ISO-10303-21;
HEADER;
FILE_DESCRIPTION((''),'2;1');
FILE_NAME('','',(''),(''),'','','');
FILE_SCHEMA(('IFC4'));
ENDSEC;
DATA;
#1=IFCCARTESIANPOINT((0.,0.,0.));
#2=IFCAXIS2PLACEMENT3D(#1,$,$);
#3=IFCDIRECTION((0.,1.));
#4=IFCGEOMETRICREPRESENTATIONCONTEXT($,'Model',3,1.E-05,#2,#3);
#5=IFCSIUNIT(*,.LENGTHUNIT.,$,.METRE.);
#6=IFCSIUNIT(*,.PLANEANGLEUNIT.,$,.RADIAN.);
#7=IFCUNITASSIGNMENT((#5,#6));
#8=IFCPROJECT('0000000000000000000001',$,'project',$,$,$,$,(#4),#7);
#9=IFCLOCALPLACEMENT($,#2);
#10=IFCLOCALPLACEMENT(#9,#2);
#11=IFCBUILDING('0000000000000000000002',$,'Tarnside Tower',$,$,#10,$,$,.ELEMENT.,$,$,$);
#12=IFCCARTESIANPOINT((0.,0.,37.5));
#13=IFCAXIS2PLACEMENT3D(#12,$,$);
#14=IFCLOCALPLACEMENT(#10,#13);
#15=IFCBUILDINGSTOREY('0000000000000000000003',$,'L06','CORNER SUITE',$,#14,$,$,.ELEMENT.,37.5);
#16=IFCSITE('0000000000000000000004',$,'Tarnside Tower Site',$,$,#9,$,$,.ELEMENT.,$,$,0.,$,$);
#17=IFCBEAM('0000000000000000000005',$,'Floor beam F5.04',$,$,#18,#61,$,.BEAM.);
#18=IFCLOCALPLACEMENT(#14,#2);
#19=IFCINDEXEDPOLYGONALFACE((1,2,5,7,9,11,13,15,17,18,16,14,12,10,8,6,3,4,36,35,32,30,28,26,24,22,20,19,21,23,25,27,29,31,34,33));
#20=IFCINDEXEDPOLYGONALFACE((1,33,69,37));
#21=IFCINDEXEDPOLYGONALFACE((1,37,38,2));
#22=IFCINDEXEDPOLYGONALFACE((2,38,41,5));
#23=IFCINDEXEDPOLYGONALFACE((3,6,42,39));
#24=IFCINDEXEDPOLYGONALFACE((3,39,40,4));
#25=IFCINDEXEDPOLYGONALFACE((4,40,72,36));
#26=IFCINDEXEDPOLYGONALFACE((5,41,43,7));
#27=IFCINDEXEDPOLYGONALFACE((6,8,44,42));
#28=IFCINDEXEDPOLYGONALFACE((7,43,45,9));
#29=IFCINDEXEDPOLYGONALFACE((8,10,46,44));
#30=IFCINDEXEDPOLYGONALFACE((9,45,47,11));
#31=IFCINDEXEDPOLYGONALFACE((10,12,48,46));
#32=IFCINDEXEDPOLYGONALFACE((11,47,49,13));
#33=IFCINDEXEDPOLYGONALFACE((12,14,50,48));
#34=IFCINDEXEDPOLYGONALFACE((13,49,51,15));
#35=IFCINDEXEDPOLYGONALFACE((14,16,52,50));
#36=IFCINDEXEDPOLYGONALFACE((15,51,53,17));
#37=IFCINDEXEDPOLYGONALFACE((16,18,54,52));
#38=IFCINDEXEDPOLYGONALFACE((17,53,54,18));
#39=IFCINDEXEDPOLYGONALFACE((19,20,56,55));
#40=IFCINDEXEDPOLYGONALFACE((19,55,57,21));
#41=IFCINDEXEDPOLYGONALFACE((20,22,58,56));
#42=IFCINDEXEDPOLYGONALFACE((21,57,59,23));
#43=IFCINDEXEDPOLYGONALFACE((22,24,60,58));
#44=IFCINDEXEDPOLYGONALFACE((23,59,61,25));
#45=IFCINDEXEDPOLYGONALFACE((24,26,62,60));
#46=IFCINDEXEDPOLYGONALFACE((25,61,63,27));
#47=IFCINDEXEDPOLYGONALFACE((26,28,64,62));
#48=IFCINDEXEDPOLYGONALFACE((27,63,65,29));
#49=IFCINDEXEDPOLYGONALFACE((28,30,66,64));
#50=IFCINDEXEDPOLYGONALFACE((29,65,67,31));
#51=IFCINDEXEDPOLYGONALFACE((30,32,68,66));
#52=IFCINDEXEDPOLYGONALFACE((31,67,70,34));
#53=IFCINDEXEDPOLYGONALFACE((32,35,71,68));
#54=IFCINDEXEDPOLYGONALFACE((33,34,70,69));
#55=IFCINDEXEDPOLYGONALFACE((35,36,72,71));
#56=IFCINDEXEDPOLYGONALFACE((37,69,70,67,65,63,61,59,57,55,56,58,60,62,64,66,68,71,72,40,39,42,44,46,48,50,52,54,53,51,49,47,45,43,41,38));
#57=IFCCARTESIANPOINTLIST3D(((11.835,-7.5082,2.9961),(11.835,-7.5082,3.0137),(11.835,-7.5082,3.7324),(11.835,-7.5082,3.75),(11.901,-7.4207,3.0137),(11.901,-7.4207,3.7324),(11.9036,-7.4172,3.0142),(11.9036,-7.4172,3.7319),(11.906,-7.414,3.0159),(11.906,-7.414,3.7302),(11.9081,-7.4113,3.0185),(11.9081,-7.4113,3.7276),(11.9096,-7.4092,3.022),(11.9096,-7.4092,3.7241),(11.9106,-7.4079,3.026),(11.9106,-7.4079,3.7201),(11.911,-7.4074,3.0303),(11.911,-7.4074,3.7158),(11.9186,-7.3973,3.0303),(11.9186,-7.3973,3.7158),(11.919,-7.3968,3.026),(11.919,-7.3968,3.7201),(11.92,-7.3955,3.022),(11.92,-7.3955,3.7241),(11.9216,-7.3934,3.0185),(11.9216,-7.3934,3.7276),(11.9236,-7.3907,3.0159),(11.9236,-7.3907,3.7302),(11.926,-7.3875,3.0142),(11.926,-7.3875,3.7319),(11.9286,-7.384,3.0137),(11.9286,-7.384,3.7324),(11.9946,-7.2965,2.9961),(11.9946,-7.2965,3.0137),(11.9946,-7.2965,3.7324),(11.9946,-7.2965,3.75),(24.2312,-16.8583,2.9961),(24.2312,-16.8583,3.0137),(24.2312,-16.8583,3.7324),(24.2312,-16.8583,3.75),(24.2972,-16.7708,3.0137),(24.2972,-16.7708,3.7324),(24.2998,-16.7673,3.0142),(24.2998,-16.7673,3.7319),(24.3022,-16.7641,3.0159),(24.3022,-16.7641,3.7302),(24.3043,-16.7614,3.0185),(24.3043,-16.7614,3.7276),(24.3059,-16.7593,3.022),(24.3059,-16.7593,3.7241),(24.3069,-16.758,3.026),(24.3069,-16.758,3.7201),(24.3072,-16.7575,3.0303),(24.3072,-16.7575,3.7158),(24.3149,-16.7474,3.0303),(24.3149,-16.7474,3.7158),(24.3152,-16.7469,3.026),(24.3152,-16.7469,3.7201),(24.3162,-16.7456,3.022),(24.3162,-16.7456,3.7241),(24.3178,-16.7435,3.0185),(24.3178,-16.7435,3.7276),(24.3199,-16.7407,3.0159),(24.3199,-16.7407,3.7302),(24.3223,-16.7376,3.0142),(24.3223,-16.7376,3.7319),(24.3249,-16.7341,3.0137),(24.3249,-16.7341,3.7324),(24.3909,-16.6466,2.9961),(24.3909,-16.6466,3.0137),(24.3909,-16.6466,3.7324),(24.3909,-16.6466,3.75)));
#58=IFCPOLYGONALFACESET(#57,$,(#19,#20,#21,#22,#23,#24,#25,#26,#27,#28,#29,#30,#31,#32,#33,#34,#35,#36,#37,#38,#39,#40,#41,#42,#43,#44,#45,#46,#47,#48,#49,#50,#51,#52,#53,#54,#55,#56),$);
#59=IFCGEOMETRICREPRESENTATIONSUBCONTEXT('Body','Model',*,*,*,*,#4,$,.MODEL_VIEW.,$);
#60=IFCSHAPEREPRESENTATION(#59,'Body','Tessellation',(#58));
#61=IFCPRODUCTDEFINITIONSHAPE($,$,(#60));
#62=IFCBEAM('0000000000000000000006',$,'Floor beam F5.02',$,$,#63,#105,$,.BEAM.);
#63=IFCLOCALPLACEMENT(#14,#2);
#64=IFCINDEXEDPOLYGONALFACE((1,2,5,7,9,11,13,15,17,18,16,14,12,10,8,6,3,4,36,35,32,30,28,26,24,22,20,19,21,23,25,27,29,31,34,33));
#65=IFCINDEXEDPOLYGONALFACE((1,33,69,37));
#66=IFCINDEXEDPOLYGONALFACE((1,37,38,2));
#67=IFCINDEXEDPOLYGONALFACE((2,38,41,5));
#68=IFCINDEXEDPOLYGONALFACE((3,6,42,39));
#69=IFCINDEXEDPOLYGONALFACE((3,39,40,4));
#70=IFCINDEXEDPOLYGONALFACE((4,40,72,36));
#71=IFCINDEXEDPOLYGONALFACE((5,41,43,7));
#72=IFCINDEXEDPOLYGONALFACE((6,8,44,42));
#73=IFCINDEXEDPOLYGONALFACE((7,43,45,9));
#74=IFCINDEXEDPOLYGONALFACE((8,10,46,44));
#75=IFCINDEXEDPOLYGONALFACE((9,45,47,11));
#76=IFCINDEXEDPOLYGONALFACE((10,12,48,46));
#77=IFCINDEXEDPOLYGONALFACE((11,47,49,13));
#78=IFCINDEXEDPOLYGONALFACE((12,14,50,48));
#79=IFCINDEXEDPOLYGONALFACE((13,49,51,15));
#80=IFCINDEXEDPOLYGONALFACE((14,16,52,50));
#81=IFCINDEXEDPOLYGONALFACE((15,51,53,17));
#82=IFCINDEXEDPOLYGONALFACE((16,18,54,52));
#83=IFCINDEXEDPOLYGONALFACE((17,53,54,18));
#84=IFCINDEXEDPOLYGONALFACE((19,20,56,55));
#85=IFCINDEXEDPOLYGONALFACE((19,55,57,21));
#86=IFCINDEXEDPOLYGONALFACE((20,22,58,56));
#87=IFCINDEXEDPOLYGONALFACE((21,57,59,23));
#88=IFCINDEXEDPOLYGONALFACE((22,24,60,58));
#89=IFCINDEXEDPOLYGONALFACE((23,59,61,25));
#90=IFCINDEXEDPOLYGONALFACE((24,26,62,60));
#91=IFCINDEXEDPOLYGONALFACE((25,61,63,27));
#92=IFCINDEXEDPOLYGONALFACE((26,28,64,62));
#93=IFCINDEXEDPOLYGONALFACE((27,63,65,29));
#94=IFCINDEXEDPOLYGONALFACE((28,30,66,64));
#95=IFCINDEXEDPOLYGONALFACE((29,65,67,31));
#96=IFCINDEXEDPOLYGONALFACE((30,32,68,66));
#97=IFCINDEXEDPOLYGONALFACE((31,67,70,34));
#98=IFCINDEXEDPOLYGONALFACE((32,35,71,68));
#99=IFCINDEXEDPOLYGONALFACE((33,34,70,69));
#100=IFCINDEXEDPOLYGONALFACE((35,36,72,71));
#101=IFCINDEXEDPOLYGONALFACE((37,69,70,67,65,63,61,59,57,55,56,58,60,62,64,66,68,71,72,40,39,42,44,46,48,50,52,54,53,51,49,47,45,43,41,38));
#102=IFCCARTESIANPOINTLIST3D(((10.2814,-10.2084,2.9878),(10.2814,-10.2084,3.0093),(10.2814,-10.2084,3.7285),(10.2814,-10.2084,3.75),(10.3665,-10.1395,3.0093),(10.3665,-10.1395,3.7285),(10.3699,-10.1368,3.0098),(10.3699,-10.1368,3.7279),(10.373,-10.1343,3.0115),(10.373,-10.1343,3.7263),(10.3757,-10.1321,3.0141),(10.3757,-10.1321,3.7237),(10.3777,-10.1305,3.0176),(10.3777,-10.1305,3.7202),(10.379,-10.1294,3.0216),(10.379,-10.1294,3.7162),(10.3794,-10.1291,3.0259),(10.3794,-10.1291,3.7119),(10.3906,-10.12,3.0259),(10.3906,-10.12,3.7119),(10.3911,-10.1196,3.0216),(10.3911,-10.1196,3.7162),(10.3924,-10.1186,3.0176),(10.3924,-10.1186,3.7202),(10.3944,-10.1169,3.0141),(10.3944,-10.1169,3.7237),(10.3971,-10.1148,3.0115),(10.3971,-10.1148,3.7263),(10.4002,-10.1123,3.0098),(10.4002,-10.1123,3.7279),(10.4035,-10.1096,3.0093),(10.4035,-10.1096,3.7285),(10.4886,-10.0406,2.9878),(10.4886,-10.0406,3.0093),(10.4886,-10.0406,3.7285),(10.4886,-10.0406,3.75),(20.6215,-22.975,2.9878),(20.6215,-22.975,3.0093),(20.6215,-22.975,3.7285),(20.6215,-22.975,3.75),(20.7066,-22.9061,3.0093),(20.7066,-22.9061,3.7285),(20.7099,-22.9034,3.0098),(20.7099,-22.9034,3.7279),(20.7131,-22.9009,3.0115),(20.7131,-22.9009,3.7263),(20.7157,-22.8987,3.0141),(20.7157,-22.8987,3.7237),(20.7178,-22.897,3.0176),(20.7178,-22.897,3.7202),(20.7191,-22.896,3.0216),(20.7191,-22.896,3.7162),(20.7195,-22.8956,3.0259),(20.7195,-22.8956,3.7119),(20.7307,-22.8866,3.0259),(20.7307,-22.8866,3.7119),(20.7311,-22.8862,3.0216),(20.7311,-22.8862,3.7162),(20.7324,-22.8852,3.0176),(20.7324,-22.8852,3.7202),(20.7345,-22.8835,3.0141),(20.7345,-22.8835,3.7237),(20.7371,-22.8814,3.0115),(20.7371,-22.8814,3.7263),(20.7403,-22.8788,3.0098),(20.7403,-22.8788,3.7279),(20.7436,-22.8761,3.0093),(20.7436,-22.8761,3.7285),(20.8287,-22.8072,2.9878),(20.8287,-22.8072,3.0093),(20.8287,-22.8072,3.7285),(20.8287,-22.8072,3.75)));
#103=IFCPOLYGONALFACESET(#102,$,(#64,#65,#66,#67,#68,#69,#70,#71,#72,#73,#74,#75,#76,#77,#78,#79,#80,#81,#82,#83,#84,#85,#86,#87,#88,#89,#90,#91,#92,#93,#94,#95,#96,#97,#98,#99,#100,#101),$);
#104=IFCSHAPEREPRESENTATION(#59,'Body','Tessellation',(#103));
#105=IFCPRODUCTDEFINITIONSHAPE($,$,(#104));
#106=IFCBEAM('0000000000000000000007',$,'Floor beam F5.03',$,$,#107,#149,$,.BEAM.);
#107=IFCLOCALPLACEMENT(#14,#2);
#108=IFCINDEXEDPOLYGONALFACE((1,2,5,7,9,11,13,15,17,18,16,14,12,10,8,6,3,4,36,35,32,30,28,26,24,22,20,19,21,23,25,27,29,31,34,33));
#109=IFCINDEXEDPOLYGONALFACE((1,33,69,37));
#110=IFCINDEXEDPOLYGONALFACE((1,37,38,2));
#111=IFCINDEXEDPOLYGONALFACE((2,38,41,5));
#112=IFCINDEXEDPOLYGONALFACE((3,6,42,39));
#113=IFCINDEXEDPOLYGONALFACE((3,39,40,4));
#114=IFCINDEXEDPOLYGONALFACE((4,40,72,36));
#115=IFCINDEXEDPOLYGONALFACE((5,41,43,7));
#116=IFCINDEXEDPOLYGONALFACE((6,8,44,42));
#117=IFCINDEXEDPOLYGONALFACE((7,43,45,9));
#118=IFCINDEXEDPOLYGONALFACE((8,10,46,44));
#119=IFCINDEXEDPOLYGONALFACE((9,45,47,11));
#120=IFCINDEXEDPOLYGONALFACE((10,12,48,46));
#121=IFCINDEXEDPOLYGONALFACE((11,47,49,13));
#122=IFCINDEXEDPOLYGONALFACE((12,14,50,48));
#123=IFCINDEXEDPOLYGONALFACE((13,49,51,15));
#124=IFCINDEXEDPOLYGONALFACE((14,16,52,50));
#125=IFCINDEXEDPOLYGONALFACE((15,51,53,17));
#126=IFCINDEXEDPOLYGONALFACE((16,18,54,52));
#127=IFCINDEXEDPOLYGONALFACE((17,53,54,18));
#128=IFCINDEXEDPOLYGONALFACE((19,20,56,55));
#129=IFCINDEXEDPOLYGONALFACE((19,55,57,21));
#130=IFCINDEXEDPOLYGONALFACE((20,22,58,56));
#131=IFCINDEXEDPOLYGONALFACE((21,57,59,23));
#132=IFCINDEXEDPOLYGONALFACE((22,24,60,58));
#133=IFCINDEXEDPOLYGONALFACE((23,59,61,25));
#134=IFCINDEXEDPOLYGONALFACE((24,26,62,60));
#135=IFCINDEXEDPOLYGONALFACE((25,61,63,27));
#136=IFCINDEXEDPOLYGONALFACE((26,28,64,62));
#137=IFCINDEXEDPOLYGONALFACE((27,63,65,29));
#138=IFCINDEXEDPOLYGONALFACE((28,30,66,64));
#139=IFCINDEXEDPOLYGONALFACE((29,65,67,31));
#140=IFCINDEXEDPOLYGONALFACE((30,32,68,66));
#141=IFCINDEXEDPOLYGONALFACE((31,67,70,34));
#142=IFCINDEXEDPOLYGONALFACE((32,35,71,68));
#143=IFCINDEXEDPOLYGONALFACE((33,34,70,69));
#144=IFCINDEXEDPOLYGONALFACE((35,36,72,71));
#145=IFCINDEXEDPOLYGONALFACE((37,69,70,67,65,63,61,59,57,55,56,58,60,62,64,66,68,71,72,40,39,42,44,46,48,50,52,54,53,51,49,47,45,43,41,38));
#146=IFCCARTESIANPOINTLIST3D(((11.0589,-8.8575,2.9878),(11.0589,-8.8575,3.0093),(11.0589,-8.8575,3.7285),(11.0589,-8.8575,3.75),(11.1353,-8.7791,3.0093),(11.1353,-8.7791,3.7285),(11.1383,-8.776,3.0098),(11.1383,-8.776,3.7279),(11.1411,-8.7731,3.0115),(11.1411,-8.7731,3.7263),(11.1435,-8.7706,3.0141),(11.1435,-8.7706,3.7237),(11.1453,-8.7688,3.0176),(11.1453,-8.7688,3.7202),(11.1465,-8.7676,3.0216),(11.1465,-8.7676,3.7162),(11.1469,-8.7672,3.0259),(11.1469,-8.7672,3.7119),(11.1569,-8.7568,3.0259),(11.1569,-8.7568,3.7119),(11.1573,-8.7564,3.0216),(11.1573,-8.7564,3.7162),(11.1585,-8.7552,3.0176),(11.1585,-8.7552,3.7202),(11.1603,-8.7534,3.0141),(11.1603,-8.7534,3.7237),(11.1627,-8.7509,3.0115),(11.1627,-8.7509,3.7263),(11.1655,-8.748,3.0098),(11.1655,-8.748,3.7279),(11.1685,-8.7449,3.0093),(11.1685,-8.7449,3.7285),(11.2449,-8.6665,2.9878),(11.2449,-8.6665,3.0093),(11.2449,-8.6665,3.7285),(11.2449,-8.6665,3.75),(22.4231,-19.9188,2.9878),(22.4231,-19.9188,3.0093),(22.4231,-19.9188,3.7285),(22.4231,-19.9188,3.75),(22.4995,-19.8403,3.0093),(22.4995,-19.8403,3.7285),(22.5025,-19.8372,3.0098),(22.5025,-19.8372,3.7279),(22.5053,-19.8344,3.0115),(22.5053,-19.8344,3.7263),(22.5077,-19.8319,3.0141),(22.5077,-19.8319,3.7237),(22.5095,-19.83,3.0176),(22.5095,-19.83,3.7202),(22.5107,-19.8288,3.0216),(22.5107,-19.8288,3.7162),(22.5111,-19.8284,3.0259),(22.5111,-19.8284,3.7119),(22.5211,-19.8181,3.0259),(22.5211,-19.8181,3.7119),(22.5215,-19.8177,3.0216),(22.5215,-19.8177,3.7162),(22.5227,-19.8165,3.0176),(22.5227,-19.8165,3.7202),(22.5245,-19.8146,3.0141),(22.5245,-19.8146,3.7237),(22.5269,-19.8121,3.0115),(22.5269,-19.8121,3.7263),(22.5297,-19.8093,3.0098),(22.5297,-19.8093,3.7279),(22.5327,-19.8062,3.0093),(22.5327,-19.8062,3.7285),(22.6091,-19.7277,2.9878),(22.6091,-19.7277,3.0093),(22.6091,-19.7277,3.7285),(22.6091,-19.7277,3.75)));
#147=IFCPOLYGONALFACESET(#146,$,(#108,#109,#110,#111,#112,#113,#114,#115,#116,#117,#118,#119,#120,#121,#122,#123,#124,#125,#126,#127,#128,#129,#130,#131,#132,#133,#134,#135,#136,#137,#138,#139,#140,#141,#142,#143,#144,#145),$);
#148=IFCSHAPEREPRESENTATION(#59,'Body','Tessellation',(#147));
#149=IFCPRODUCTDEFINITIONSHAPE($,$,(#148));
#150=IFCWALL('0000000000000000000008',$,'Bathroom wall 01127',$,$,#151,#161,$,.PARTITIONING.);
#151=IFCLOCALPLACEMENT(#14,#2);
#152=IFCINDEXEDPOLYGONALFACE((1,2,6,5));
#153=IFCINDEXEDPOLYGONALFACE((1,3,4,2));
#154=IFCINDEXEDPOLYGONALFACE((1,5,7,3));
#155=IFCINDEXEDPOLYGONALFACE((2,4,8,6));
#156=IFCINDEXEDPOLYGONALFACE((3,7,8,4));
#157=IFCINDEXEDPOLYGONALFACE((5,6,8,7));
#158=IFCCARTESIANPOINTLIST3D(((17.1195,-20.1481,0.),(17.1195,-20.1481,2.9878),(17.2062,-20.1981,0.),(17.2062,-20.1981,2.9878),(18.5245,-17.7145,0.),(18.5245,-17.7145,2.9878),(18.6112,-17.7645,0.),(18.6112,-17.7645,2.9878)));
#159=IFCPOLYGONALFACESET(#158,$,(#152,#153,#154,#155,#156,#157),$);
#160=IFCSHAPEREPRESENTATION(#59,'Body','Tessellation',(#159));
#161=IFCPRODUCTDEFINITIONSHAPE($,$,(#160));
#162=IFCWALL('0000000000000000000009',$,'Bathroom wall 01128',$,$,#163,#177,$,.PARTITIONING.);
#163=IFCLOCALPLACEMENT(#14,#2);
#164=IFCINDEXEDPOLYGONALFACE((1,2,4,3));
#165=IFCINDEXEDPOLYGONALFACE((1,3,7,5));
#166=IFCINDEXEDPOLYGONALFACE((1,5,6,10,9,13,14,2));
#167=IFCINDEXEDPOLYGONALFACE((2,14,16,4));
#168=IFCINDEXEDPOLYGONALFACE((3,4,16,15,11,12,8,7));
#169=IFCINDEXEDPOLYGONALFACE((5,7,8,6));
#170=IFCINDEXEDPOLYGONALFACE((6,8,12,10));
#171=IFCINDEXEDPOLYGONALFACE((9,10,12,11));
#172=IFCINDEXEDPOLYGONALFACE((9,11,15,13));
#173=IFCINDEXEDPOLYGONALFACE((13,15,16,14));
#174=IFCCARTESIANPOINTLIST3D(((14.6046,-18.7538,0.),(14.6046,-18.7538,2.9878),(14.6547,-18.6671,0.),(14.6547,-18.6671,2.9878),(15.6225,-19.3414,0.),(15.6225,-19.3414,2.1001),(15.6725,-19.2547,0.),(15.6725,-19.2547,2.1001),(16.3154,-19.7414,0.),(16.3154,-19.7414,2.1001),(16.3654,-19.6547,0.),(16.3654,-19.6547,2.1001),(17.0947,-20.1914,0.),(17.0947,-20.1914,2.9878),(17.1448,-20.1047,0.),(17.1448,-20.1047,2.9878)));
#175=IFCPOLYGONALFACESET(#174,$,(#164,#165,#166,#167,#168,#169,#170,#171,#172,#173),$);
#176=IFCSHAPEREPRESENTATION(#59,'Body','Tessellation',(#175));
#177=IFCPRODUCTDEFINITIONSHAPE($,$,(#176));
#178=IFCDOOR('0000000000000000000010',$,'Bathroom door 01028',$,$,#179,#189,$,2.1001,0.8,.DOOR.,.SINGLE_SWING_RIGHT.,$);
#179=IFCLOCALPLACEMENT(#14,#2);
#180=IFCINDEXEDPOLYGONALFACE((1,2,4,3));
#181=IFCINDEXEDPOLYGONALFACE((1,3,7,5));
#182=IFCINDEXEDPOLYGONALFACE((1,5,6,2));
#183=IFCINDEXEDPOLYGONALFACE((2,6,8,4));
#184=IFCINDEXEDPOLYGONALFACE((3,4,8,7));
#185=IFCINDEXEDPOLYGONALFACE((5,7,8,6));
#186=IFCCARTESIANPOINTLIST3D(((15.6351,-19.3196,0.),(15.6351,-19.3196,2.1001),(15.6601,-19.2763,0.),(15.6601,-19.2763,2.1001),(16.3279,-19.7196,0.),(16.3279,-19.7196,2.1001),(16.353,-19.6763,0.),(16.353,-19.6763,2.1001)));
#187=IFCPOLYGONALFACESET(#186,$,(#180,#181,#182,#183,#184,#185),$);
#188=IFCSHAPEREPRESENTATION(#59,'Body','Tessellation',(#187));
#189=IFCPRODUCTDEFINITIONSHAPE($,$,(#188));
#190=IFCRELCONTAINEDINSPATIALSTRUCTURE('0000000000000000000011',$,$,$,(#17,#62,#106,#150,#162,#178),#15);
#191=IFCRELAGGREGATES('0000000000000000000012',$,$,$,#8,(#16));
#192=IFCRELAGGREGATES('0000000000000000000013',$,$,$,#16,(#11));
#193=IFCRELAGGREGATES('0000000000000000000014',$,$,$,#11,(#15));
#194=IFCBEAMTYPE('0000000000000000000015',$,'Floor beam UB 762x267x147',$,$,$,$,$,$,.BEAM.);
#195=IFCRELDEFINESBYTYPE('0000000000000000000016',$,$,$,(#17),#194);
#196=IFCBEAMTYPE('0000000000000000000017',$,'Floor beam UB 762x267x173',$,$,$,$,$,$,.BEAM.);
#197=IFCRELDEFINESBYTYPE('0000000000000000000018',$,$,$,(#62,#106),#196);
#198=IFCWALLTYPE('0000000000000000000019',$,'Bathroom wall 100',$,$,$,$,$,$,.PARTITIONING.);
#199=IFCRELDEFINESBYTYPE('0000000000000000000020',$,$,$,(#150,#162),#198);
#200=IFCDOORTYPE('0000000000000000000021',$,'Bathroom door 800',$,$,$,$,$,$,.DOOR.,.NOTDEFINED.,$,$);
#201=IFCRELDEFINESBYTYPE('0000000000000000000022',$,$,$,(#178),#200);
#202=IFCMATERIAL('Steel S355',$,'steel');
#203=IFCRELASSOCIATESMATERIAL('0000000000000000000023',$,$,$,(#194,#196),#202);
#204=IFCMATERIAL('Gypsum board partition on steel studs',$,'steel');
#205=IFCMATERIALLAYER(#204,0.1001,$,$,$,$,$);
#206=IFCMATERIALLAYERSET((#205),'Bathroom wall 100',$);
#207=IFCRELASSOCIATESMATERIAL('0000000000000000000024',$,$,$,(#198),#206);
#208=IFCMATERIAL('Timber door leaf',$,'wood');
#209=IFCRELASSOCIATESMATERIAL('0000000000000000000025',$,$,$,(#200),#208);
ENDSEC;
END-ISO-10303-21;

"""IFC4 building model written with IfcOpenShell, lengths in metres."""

from ifc_helpers import new_model, si_unit, direction, frame, frame_2d, origin, origin_2d, place, context, subcontext, project, spatial, rectangle, i_section, extrude, material, layer, layer_set, material_profile, profile_set, type_object, element, fill, save


model = new_model("IFC4")

# Units and contexts
model_context = context("Model", 3, precision=1e-05, world=origin(), true_north=direction((0.0, 1.0)))
body_context = subcontext(model_context, "Body", "Model", "MODEL_VIEW")
ifc_project = project(units=[si_unit("LENGTHUNIT", "METRE"), si_unit("PLANEANGLEUNIT", "RADIAN")], contexts=[model_context])

# Site, building, storey
site_placement = place(None, origin())
site = spatial("IfcSite", under=ifc_project, at=site_placement, Name="Tarnside Tower Site", CompositionType="ELEMENT", RefElevation=0.0)
building_placement = place(site_placement, origin())
building = spatial("IfcBuilding", under=site, at=building_placement, Name="Tarnside Tower", CompositionType="ELEMENT")
storey_placement = place(building_placement, frame((0.0, 0.0, 37.5)))
storey = spatial("IfcBuildingStorey", under=building, at=storey_placement, Name="L06", Description="CORNER SUITE", CompositionType="ELEMENT", Elevation=37.5)

# Beams
ifc_material_1 = material(Name="Steel S355", Category="steel")
ifc_material_profile_1 = material_profile(ifc_material_1, i_section(OverallWidth=0.2651, OverallDepth=0.7539, WebThickness=0.0127, FlangeThickness=0.0176, FilletRadius=0.0166, at=origin_2d()), Name="UB 762x267x147")
ifc_profile_set_1 = profile_set([ifc_material_profile_1], Name="Steel S355")
beam_type_1 = type_object("IfcBeamType", Name="Floor beam UB 762x267x147", PredefinedType="BEAM", material=ifc_profile_set_1)
beam_1_placement = place(storey_placement, frame((24.311, -16.7524, 3.373), z_axis=(-0.798361, 0.602179, 0.0), x_axis=(-0.602179, -0.798361, 0.0)))
element("IfcBeam", 1, at=beam_1_placement, inside=storey, type_object=beam_type_1, Name="Floor beam F5.04", PredefinedType="BEAM", context=body_context, shape_type="SweptSolid", body=[
    extrude(i_section(OverallWidth=0.2651, OverallDepth=0.7539, WebThickness=0.0127, FlangeThickness=0.0176, FilletRadius=0.0166, at=origin_2d()), origin(), (0.0, 0.0, 1.0), 15.5271),
])
ifc_material_profile_2 = material_profile(ifc_material_1, i_section(OverallWidth=0.2666, OverallDepth=0.7622, WebThickness=0.0144, FlangeThickness=0.0215, FilletRadius=0.0166, at=origin_2d()), Name="UB 762x267x173")
ifc_profile_set_2 = profile_set([ifc_material_profile_2], Name="Steel S355")
beam_type_2 = type_object("IfcBeamType", Name="Floor beam UB 762x267x173", PredefinedType="BEAM", material=ifc_profile_set_2)
beam_2_placement = place(storey_placement, frame((20.7251, -22.8911, 3.3689), z_axis=(-0.62939, 0.777089, 0.0), x_axis=(-0.777089, -0.62939, 0.0)))
element("IfcBeam", 2, at=beam_2_placement, inside=storey, type_object=beam_type_2, Name="Floor beam F5.02", PredefinedType="BEAM", context=body_context, shape_type="SweptSolid", body=[
    extrude(i_section(OverallWidth=0.2666, OverallDepth=0.7622, WebThickness=0.0144, FlangeThickness=0.0215, FilletRadius=0.0166, at=origin_2d()), origin(), (0.0, 0.0, 1.0), 16.4287),
])
beam_3_placement = place(storey_placement, frame((22.5161, -19.8232, 3.3689), z_axis=(-0.716595, 0.69749, 0.0), x_axis=(-0.69749, -0.716595, 0.0)))
element("IfcBeam", 3, at=beam_3_placement, inside=storey, type_object=beam_type_2, Name="Floor beam F5.03", PredefinedType="BEAM", context=body_context, shape_type="SweptSolid", body=[
    extrude(i_section(OverallWidth=0.2666, OverallDepth=0.7622, WebThickness=0.0144, FlangeThickness=0.0215, FilletRadius=0.0166, at=origin_2d()), origin(), (0.0, 0.0, 1.0), 15.8586),
])

# Wall
ifc_material_2 = material(Name="Gypsum board partition on steel studs", Category="steel")
ifc_layer_1 = layer(ifc_material_2, 0.1001)
ifc_layer_set_1 = layer_set([ifc_layer_1], Name="Bathroom wall 100")
wall_type_1 = type_object("IfcWallType", Name="Bathroom wall 100", PredefinedType="PARTITIONING", material=ifc_layer_set_1)
wall_1_placement = place(storey_placement, frame((18.5679, -17.7395, 0.0), z_axis=(0.0, 0.0, 1.0), x_axis=(-0.499998, -0.866026, 0.0)))
element("IfcWall", 4, at=wall_1_placement, inside=storey, type_object=wall_type_1, Name="Bathroom wall 01127", PredefinedType="PARTITIONING", context=body_context, shape_type="SweptSolid", body=[
    extrude(rectangle(XDim=2.8101, YDim=0.1001, at=frame_2d((1.405, 0.0))), origin(), (0.0, 0.0, 1.0), 2.9878),
])

# Wall, opening, door
wall_2_placement = place(storey_placement, frame((17.1196, -20.1479, 0.0), z_axis=(0.0, 0.0, 1.0), x_axis=(-0.86604, 0.499975, 0.0)))
wall_2 = element("IfcWall", 5, at=wall_2_placement, inside=storey, type_object=wall_type_1, Name="Bathroom wall 01128", PredefinedType="PARTITIONING", context=body_context, shape_type="SweptSolid", body=[
    extrude(rectangle(XDim=2.8752, YDim=0.1001, at=frame_2d((1.4375, 0.0))), origin(), (0.0, 0.0, 1.0), 2.9878),
])
opening_placement = place(wall_2_placement, frame((0.8999, 0.0, 0.0)))
opening = element("IfcOpeningElement", 6, at=opening_placement, cuts=wall_2, PredefinedType="OPENING", context=body_context, shape_type="SweptSolid", body=[
    extrude(rectangle(XDim=0.8, YDim=2.1001, at=frame_2d((0.3999, 1.05))), frame((0.0, 0.0601, 0.0), z_axis=(0.0, -1.0, 0.0), x_axis=(1.0, 0.0, 0.0)), (0.0, 0.0, 1.0), 0.1201),
])
ifc_material_3 = material(Name="Timber door leaf", Category="wood")
door_type = type_object("IfcDoorType", Name="Bathroom door 800", OperationType="NOTDEFINED", PredefinedType="DOOR", material=ifc_material_3)
door_placement = place(opening_placement, origin())
door = element("IfcDoor", 7, at=door_placement, inside=storey, type_object=door_type, Name="Bathroom door 01028", OperationType="SINGLE_SWING_RIGHT", OverallHeight=2.1001, OverallWidth=0.8, PredefinedType="DOOR", context=body_context, shape_type="SweptSolid", body=[
    extrude(rectangle(XDim=0.8, YDim=2.1001, at=frame_2d((0.3999, 1.05))), frame((0.0, 0.0249, 0.0), z_axis=(0.0, -1.0, 0.0), x_axis=(1.0, 0.0, 0.0)), (0.0, 0.0, 1.0), 0.05),
])
fill(opening, door)

save(model, "model.ifc")
